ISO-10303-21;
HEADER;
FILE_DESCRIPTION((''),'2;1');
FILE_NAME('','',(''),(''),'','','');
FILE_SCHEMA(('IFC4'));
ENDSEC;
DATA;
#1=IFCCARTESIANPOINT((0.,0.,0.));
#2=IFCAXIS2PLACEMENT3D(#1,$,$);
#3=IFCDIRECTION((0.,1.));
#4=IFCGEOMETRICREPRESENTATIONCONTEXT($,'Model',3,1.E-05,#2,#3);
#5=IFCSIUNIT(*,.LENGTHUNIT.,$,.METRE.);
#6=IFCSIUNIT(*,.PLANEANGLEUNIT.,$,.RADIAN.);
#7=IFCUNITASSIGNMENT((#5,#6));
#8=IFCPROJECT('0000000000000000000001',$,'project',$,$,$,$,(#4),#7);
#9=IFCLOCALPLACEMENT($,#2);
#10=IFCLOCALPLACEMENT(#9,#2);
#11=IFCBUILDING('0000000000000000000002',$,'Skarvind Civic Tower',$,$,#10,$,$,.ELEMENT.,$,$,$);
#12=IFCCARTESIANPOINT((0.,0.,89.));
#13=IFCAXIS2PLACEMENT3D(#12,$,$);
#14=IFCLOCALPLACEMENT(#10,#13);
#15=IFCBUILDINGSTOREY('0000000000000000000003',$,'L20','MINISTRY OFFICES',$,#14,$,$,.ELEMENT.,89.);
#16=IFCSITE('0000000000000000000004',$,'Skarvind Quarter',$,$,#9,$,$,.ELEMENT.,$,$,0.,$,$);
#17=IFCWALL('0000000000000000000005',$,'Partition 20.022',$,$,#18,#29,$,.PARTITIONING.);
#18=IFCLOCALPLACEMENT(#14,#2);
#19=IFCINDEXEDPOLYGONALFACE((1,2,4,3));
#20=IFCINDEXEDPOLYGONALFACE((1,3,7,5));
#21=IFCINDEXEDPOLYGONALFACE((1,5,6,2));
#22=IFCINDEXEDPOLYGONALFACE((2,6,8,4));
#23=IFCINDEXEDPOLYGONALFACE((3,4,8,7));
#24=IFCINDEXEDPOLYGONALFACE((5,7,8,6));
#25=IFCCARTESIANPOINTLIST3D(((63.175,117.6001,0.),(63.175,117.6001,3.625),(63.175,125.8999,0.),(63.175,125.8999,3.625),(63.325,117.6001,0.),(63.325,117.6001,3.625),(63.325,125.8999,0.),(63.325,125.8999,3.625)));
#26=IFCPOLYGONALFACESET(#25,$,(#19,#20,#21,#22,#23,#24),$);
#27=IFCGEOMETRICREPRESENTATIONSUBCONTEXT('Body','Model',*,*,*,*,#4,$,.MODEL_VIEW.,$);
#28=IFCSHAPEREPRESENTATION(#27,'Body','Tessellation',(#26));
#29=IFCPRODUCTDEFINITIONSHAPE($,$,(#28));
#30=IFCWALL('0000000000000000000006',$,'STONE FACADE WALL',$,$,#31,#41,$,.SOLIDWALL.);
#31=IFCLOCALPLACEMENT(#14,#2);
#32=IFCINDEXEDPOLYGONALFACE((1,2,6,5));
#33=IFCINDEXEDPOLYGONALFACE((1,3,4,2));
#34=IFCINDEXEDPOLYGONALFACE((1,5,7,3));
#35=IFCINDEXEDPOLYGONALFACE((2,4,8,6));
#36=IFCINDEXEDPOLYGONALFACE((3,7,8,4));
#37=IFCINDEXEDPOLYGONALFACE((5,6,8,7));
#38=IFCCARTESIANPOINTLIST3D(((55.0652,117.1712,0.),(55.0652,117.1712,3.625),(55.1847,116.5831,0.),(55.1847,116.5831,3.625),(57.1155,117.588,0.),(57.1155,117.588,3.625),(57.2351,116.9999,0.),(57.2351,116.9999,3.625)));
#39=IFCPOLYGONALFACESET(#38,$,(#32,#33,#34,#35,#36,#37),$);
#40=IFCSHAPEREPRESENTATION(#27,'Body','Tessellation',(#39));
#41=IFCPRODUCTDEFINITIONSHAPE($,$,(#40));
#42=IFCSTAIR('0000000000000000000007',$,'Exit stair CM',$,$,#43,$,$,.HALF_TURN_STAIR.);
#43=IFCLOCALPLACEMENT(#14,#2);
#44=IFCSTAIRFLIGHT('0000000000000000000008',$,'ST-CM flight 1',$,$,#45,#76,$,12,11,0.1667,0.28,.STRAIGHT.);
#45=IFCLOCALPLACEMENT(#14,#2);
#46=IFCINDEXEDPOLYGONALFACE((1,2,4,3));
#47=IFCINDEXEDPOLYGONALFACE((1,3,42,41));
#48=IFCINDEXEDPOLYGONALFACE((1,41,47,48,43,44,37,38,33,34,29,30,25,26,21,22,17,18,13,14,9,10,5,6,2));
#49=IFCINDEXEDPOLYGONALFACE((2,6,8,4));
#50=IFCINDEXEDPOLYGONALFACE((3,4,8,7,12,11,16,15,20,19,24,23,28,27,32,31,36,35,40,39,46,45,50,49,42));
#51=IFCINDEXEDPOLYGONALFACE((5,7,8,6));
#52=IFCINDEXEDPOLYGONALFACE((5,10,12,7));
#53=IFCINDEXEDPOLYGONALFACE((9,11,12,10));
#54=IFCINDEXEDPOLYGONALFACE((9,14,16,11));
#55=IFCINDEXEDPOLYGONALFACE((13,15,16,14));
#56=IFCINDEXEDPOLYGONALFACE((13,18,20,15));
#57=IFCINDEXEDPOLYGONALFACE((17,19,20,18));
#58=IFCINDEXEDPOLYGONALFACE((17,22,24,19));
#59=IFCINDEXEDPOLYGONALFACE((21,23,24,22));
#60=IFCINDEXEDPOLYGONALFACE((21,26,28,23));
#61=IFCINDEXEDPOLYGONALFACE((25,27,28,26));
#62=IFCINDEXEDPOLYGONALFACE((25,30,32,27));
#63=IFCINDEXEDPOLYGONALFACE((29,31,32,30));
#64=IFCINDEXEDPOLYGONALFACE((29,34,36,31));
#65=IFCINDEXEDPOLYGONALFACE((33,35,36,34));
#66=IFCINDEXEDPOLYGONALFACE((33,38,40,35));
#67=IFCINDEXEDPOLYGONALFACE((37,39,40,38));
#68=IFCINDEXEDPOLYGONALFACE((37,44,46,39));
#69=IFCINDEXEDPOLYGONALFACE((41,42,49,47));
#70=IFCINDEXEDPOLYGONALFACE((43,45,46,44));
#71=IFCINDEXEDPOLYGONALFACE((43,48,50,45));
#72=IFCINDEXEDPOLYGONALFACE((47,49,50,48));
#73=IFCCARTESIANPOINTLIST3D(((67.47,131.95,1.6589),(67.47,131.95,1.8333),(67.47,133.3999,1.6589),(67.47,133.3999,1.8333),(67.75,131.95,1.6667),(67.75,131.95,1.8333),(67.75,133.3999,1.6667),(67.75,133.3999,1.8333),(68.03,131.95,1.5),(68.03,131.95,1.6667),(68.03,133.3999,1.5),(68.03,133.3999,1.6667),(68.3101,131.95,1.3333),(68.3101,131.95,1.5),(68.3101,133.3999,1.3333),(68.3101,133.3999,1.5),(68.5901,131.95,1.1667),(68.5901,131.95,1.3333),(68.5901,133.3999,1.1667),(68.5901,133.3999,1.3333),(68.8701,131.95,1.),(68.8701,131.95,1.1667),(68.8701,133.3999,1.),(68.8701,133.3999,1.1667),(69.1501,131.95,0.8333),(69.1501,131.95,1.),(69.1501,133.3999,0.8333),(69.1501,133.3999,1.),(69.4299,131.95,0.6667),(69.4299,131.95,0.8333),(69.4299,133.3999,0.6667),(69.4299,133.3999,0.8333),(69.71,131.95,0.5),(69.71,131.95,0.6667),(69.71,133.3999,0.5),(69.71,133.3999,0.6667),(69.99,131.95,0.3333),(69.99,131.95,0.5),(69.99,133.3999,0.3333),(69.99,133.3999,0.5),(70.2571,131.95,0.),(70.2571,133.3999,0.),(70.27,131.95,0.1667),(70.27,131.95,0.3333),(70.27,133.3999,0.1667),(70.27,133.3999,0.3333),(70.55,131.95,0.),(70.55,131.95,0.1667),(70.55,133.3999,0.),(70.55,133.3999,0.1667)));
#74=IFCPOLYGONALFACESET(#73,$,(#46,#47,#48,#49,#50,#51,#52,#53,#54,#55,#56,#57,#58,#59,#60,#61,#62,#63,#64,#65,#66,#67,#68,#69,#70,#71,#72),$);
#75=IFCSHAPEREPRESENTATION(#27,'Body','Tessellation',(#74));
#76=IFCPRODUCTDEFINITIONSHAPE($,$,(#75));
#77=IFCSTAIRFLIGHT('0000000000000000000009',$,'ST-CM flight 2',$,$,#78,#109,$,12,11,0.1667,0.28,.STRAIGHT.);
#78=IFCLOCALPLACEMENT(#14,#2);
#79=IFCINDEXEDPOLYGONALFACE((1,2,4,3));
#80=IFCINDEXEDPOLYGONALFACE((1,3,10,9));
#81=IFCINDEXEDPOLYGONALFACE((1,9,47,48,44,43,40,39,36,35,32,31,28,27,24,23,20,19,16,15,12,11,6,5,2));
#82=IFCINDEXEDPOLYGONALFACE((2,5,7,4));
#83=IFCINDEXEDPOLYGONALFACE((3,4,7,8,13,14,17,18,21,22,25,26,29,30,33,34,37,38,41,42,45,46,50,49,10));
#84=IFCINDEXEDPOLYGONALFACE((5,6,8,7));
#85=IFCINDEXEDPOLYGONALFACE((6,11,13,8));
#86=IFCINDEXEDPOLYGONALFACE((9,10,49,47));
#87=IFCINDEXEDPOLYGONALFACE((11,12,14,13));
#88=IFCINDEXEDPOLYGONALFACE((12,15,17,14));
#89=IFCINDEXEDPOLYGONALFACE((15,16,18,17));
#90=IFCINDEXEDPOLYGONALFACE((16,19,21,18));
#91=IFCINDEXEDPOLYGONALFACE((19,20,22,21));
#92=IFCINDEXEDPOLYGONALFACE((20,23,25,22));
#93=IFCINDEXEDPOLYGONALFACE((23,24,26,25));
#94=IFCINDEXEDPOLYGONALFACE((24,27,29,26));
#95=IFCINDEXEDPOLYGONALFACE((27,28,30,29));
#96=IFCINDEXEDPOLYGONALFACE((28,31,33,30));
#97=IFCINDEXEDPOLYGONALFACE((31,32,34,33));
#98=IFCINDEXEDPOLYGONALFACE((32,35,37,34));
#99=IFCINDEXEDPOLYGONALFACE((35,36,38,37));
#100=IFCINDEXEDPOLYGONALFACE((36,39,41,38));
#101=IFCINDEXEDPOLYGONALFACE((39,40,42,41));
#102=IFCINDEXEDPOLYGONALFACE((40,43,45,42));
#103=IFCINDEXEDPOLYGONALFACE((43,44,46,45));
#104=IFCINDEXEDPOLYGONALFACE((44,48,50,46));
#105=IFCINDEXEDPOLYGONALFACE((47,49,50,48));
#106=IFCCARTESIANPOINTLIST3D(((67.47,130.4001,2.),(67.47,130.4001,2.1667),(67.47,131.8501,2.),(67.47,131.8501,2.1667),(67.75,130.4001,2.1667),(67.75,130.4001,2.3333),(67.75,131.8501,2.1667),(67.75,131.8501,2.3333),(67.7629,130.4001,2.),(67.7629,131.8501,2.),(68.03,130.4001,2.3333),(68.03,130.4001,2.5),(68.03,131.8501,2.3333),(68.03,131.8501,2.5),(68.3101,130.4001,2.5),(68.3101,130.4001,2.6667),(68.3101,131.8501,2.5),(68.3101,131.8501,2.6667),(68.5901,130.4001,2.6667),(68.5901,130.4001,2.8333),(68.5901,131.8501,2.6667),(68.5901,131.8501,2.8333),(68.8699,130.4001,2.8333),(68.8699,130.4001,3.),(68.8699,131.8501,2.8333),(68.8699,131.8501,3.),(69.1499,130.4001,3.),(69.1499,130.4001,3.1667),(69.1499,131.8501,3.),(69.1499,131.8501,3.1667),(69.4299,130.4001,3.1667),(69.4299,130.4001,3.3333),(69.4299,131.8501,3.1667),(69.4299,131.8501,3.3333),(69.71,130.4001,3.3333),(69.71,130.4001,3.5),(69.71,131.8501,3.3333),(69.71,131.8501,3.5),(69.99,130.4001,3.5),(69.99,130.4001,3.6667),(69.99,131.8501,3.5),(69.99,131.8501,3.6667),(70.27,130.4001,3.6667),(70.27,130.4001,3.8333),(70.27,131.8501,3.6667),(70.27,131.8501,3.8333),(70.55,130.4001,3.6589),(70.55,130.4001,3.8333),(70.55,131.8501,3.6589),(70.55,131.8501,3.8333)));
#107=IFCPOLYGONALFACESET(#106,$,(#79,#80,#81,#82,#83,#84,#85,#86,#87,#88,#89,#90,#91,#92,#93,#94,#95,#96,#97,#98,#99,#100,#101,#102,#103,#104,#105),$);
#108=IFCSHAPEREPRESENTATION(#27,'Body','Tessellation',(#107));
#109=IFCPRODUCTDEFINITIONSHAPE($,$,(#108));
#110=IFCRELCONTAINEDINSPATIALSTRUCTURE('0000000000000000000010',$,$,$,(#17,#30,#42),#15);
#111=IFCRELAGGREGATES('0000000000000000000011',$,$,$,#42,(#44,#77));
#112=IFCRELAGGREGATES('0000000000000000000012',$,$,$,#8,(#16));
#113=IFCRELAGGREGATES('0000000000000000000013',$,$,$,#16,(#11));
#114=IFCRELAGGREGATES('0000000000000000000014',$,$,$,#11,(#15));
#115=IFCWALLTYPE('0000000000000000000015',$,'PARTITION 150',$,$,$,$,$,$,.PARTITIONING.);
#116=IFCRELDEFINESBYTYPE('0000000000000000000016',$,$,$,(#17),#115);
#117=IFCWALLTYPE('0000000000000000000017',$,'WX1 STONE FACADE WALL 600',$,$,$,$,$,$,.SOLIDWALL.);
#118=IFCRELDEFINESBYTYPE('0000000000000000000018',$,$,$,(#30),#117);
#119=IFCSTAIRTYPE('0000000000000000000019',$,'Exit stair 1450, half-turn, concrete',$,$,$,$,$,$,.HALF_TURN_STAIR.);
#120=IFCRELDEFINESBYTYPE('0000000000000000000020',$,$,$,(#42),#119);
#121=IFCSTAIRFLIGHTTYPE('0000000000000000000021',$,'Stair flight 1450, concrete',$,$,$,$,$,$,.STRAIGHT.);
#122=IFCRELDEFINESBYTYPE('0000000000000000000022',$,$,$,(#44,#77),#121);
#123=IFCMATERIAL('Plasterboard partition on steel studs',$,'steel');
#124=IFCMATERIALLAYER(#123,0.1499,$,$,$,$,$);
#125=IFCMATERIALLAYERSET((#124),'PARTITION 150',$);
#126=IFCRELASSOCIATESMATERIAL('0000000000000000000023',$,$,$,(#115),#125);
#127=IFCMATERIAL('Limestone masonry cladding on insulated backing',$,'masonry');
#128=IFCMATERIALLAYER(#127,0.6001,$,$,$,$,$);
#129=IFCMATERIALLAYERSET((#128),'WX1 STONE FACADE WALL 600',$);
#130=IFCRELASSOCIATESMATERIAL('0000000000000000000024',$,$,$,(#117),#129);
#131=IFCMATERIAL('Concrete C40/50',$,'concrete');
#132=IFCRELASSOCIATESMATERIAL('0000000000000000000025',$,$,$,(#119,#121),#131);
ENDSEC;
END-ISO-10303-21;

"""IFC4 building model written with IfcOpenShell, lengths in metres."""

from ifc_helpers import new_model, si_unit, direction, frame, frame_2d, origin, place, context, subcontext, project, spatial, polyline, rectangle, outline, extrude, material, layer, layer_set, type_object, element, aggregate, save


model = new_model("IFC4")

# Units and contexts
model_context = context("Model", 3, precision=1e-05, world=origin(), true_north=direction((0.0, 1.0)))
body_context = subcontext(model_context, "Body", "Model", "MODEL_VIEW")
ifc_project = project(units=[si_unit("LENGTHUNIT", "METRE"), si_unit("PLANEANGLEUNIT", "RADIAN")], contexts=[model_context])

# Site, building, storey
site_placement = place(None, origin())
site = spatial("IfcSite", under=ifc_project, at=site_placement, Name="Skarvind Quarter", CompositionType="ELEMENT", RefElevation=0.0)
building_placement = place(site_placement, origin())
building = spatial("IfcBuilding", under=site, at=building_placement, Name="Skarvind Civic Tower", CompositionType="ELEMENT")
storey_placement = place(building_placement, frame((0.0, 0.0, 89.0)))
storey = spatial("IfcBuildingStorey", under=building, at=storey_placement, Name="L20", Description="MINISTRY OFFICES", CompositionType="ELEMENT", Elevation=89.0)

# Shared definitions
ifc_material_1 = material(Name="Plasterboard partition on steel studs", Category="steel")
ifc_layer_1 = layer(ifc_material_1, 0.1499)
ifc_layer_set_1 = layer_set([ifc_layer_1], Name="PARTITION 150")
wall_type_1 = type_object("IfcWallType", Name="PARTITION 150", PredefinedType="PARTITIONING", material=ifc_layer_set_1)

# Walls
wall_1_placement = place(storey_placement, frame((63.25, 117.6001, 0.0), z_axis=(0.0, 0.0, 1.0), x_axis=(0.0, 1.0, 0.0)))
element("IfcWall", 1, at=wall_1_placement, inside=storey, type_object=wall_type_1, Name="Partition 20.022", PredefinedType="PARTITIONING", context=body_context, shape_type="SweptSolid", body=[
    extrude(rectangle(XDim=8.2998, YDim=0.1499, at=frame_2d((4.1499, 0.0))), origin(), (0.0, 0.0, 1.0), 3.625),
])
ifc_material_2 = material(Name="Limestone masonry cladding on insulated backing", Category="masonry")
ifc_layer_2 = layer(ifc_material_2, 0.6001)
ifc_layer_set_2 = layer_set([ifc_layer_2], Name="WX1 STONE FACADE WALL 600")
wall_type_2 = type_object("IfcWallType", Name="WX1 STONE FACADE WALL 600", PredefinedType="SOLIDWALL", material=ifc_layer_set_2)
wall_2_placement = place(storey_placement, frame((57.1753, 117.2939, 0.0), z_axis=(0.0, 0.0, 1.0), x_axis=(-0.979961, -0.199189, 0.0)))
element("IfcWall", 2, at=wall_2_placement, inside=storey, type_object=wall_type_2, Name="STONE FACADE WALL", PredefinedType="SOLIDWALL", context=body_context, shape_type="SweptSolid", body=[
    extrude(rectangle(XDim=2.0923, YDim=0.6001, at=frame_2d((1.0461, 0.0))), origin(), (0.0, 0.0, 1.0), 3.625),
])

# Stair, stair flights
ifc_material_3 = material(Name="Concrete C40/50", Category="concrete")
stair_type = type_object("IfcStairType", Name="Exit stair 1450, half-turn, concrete", PredefinedType="HALF_TURN_STAIR", material=ifc_material_3)
stair_placement = place(storey_placement, origin())
stair = element("IfcStair", 3, at=stair_placement, inside=storey, type_object=stair_type, Name="Exit stair CM", PredefinedType="HALF_TURN_STAIR")
stair_flight_type = type_object("IfcStairFlightType", Name="Stair flight 1450, concrete", PredefinedType="STRAIGHT", material=ifc_material_3)
stair_flight_1_placement = place(storey_placement, frame((70.55, 132.675, 0.0), z_axis=(0.0, 0.0, 1.0), x_axis=(-1.0, 0.0, 0.0)))
stair_flight_1 = element("IfcStairFlight", 4, at=stair_flight_1_placement, type_object=stair_flight_type, Name="ST-CM flight 1", NumberOfRisers=12, NumberOfTreads=11, PredefinedType="STRAIGHT", RiserHeight=0.1667, TreadLength=0.28, context=body_context, shape_type="SweptSolid", body=[
    extrude(outline(polyline([(0.0, 0.0), (0.0, 0.1667), (0.28, 0.1667), (0.28, 0.3333), (0.5601, 0.3333), (0.5601, 0.5), (0.8401, 0.5), (0.8401, 0.6667), (1.1201, 0.6667), (1.1201, 0.8333), (1.3999, 0.8333), (1.3999, 1.0), (1.6799, 1.0), (1.6799, 1.1667), (1.96, 1.1667), (1.96, 1.3333), (2.24, 1.3333), (2.24, 1.5), (2.52, 1.5), (2.52, 1.6667), (2.8, 1.6667), (2.8, 1.8333), (3.0801, 1.8333), (3.0801, 2.0), (3.0801, 1.6589), (0.293, 0.0), (0.0, 0.0)])), frame((0.0, 0.7251, 0.0), z_axis=(0.0, -1.0, 0.0), x_axis=(1.0, 0.0, 0.0)), (0.0, 0.0, 1.0), 1.45),
])
stair_flight_2_placement = place(storey_placement, frame((67.47, 131.125, 2.0), z_axis=(0.0, 0.0, 1.0), x_axis=(1.0, 0.0, 0.0)))
stair_flight_2 = element("IfcStairFlight", 5, at=stair_flight_2_placement, type_object=stair_flight_type, Name="ST-CM flight 2", NumberOfRisers=12, NumberOfTreads=11, PredefinedType="STRAIGHT", RiserHeight=0.1667, TreadLength=0.28, context=body_context, shape_type="SweptSolid", body=[
    extrude(outline(polyline([(0.0, 0.0), (0.0, 0.1667), (0.28, 0.1667), (0.28, 0.3333), (0.5601, 0.3333), (0.5601, 0.5), (0.8401, 0.5), (0.8401, 0.6667), (1.1201, 0.6667), (1.1201, 0.8333), (1.3999, 0.8333), (1.3999, 1.0), (1.6799, 1.0), (1.6799, 1.1667), (1.96, 1.1667), (1.96, 1.3333), (2.24, 1.3333), (2.24, 1.5), (2.52, 1.5), (2.52, 1.6667), (2.8, 1.6667), (2.8, 1.8333), (3.0801, 1.8333), (3.0801, 2.0), (3.0801, 1.6589), (0.293, 0.0), (0.0, 0.0)])), frame((0.0, 0.7251, 0.0), z_axis=(0.0, -1.0, 0.0), x_axis=(1.0, 0.0, 0.0)), (0.0, 0.0, 1.0), 1.45),
])
aggregate(stair, [stair_flight_1, stair_flight_2])

save(model, "model.ifc")
